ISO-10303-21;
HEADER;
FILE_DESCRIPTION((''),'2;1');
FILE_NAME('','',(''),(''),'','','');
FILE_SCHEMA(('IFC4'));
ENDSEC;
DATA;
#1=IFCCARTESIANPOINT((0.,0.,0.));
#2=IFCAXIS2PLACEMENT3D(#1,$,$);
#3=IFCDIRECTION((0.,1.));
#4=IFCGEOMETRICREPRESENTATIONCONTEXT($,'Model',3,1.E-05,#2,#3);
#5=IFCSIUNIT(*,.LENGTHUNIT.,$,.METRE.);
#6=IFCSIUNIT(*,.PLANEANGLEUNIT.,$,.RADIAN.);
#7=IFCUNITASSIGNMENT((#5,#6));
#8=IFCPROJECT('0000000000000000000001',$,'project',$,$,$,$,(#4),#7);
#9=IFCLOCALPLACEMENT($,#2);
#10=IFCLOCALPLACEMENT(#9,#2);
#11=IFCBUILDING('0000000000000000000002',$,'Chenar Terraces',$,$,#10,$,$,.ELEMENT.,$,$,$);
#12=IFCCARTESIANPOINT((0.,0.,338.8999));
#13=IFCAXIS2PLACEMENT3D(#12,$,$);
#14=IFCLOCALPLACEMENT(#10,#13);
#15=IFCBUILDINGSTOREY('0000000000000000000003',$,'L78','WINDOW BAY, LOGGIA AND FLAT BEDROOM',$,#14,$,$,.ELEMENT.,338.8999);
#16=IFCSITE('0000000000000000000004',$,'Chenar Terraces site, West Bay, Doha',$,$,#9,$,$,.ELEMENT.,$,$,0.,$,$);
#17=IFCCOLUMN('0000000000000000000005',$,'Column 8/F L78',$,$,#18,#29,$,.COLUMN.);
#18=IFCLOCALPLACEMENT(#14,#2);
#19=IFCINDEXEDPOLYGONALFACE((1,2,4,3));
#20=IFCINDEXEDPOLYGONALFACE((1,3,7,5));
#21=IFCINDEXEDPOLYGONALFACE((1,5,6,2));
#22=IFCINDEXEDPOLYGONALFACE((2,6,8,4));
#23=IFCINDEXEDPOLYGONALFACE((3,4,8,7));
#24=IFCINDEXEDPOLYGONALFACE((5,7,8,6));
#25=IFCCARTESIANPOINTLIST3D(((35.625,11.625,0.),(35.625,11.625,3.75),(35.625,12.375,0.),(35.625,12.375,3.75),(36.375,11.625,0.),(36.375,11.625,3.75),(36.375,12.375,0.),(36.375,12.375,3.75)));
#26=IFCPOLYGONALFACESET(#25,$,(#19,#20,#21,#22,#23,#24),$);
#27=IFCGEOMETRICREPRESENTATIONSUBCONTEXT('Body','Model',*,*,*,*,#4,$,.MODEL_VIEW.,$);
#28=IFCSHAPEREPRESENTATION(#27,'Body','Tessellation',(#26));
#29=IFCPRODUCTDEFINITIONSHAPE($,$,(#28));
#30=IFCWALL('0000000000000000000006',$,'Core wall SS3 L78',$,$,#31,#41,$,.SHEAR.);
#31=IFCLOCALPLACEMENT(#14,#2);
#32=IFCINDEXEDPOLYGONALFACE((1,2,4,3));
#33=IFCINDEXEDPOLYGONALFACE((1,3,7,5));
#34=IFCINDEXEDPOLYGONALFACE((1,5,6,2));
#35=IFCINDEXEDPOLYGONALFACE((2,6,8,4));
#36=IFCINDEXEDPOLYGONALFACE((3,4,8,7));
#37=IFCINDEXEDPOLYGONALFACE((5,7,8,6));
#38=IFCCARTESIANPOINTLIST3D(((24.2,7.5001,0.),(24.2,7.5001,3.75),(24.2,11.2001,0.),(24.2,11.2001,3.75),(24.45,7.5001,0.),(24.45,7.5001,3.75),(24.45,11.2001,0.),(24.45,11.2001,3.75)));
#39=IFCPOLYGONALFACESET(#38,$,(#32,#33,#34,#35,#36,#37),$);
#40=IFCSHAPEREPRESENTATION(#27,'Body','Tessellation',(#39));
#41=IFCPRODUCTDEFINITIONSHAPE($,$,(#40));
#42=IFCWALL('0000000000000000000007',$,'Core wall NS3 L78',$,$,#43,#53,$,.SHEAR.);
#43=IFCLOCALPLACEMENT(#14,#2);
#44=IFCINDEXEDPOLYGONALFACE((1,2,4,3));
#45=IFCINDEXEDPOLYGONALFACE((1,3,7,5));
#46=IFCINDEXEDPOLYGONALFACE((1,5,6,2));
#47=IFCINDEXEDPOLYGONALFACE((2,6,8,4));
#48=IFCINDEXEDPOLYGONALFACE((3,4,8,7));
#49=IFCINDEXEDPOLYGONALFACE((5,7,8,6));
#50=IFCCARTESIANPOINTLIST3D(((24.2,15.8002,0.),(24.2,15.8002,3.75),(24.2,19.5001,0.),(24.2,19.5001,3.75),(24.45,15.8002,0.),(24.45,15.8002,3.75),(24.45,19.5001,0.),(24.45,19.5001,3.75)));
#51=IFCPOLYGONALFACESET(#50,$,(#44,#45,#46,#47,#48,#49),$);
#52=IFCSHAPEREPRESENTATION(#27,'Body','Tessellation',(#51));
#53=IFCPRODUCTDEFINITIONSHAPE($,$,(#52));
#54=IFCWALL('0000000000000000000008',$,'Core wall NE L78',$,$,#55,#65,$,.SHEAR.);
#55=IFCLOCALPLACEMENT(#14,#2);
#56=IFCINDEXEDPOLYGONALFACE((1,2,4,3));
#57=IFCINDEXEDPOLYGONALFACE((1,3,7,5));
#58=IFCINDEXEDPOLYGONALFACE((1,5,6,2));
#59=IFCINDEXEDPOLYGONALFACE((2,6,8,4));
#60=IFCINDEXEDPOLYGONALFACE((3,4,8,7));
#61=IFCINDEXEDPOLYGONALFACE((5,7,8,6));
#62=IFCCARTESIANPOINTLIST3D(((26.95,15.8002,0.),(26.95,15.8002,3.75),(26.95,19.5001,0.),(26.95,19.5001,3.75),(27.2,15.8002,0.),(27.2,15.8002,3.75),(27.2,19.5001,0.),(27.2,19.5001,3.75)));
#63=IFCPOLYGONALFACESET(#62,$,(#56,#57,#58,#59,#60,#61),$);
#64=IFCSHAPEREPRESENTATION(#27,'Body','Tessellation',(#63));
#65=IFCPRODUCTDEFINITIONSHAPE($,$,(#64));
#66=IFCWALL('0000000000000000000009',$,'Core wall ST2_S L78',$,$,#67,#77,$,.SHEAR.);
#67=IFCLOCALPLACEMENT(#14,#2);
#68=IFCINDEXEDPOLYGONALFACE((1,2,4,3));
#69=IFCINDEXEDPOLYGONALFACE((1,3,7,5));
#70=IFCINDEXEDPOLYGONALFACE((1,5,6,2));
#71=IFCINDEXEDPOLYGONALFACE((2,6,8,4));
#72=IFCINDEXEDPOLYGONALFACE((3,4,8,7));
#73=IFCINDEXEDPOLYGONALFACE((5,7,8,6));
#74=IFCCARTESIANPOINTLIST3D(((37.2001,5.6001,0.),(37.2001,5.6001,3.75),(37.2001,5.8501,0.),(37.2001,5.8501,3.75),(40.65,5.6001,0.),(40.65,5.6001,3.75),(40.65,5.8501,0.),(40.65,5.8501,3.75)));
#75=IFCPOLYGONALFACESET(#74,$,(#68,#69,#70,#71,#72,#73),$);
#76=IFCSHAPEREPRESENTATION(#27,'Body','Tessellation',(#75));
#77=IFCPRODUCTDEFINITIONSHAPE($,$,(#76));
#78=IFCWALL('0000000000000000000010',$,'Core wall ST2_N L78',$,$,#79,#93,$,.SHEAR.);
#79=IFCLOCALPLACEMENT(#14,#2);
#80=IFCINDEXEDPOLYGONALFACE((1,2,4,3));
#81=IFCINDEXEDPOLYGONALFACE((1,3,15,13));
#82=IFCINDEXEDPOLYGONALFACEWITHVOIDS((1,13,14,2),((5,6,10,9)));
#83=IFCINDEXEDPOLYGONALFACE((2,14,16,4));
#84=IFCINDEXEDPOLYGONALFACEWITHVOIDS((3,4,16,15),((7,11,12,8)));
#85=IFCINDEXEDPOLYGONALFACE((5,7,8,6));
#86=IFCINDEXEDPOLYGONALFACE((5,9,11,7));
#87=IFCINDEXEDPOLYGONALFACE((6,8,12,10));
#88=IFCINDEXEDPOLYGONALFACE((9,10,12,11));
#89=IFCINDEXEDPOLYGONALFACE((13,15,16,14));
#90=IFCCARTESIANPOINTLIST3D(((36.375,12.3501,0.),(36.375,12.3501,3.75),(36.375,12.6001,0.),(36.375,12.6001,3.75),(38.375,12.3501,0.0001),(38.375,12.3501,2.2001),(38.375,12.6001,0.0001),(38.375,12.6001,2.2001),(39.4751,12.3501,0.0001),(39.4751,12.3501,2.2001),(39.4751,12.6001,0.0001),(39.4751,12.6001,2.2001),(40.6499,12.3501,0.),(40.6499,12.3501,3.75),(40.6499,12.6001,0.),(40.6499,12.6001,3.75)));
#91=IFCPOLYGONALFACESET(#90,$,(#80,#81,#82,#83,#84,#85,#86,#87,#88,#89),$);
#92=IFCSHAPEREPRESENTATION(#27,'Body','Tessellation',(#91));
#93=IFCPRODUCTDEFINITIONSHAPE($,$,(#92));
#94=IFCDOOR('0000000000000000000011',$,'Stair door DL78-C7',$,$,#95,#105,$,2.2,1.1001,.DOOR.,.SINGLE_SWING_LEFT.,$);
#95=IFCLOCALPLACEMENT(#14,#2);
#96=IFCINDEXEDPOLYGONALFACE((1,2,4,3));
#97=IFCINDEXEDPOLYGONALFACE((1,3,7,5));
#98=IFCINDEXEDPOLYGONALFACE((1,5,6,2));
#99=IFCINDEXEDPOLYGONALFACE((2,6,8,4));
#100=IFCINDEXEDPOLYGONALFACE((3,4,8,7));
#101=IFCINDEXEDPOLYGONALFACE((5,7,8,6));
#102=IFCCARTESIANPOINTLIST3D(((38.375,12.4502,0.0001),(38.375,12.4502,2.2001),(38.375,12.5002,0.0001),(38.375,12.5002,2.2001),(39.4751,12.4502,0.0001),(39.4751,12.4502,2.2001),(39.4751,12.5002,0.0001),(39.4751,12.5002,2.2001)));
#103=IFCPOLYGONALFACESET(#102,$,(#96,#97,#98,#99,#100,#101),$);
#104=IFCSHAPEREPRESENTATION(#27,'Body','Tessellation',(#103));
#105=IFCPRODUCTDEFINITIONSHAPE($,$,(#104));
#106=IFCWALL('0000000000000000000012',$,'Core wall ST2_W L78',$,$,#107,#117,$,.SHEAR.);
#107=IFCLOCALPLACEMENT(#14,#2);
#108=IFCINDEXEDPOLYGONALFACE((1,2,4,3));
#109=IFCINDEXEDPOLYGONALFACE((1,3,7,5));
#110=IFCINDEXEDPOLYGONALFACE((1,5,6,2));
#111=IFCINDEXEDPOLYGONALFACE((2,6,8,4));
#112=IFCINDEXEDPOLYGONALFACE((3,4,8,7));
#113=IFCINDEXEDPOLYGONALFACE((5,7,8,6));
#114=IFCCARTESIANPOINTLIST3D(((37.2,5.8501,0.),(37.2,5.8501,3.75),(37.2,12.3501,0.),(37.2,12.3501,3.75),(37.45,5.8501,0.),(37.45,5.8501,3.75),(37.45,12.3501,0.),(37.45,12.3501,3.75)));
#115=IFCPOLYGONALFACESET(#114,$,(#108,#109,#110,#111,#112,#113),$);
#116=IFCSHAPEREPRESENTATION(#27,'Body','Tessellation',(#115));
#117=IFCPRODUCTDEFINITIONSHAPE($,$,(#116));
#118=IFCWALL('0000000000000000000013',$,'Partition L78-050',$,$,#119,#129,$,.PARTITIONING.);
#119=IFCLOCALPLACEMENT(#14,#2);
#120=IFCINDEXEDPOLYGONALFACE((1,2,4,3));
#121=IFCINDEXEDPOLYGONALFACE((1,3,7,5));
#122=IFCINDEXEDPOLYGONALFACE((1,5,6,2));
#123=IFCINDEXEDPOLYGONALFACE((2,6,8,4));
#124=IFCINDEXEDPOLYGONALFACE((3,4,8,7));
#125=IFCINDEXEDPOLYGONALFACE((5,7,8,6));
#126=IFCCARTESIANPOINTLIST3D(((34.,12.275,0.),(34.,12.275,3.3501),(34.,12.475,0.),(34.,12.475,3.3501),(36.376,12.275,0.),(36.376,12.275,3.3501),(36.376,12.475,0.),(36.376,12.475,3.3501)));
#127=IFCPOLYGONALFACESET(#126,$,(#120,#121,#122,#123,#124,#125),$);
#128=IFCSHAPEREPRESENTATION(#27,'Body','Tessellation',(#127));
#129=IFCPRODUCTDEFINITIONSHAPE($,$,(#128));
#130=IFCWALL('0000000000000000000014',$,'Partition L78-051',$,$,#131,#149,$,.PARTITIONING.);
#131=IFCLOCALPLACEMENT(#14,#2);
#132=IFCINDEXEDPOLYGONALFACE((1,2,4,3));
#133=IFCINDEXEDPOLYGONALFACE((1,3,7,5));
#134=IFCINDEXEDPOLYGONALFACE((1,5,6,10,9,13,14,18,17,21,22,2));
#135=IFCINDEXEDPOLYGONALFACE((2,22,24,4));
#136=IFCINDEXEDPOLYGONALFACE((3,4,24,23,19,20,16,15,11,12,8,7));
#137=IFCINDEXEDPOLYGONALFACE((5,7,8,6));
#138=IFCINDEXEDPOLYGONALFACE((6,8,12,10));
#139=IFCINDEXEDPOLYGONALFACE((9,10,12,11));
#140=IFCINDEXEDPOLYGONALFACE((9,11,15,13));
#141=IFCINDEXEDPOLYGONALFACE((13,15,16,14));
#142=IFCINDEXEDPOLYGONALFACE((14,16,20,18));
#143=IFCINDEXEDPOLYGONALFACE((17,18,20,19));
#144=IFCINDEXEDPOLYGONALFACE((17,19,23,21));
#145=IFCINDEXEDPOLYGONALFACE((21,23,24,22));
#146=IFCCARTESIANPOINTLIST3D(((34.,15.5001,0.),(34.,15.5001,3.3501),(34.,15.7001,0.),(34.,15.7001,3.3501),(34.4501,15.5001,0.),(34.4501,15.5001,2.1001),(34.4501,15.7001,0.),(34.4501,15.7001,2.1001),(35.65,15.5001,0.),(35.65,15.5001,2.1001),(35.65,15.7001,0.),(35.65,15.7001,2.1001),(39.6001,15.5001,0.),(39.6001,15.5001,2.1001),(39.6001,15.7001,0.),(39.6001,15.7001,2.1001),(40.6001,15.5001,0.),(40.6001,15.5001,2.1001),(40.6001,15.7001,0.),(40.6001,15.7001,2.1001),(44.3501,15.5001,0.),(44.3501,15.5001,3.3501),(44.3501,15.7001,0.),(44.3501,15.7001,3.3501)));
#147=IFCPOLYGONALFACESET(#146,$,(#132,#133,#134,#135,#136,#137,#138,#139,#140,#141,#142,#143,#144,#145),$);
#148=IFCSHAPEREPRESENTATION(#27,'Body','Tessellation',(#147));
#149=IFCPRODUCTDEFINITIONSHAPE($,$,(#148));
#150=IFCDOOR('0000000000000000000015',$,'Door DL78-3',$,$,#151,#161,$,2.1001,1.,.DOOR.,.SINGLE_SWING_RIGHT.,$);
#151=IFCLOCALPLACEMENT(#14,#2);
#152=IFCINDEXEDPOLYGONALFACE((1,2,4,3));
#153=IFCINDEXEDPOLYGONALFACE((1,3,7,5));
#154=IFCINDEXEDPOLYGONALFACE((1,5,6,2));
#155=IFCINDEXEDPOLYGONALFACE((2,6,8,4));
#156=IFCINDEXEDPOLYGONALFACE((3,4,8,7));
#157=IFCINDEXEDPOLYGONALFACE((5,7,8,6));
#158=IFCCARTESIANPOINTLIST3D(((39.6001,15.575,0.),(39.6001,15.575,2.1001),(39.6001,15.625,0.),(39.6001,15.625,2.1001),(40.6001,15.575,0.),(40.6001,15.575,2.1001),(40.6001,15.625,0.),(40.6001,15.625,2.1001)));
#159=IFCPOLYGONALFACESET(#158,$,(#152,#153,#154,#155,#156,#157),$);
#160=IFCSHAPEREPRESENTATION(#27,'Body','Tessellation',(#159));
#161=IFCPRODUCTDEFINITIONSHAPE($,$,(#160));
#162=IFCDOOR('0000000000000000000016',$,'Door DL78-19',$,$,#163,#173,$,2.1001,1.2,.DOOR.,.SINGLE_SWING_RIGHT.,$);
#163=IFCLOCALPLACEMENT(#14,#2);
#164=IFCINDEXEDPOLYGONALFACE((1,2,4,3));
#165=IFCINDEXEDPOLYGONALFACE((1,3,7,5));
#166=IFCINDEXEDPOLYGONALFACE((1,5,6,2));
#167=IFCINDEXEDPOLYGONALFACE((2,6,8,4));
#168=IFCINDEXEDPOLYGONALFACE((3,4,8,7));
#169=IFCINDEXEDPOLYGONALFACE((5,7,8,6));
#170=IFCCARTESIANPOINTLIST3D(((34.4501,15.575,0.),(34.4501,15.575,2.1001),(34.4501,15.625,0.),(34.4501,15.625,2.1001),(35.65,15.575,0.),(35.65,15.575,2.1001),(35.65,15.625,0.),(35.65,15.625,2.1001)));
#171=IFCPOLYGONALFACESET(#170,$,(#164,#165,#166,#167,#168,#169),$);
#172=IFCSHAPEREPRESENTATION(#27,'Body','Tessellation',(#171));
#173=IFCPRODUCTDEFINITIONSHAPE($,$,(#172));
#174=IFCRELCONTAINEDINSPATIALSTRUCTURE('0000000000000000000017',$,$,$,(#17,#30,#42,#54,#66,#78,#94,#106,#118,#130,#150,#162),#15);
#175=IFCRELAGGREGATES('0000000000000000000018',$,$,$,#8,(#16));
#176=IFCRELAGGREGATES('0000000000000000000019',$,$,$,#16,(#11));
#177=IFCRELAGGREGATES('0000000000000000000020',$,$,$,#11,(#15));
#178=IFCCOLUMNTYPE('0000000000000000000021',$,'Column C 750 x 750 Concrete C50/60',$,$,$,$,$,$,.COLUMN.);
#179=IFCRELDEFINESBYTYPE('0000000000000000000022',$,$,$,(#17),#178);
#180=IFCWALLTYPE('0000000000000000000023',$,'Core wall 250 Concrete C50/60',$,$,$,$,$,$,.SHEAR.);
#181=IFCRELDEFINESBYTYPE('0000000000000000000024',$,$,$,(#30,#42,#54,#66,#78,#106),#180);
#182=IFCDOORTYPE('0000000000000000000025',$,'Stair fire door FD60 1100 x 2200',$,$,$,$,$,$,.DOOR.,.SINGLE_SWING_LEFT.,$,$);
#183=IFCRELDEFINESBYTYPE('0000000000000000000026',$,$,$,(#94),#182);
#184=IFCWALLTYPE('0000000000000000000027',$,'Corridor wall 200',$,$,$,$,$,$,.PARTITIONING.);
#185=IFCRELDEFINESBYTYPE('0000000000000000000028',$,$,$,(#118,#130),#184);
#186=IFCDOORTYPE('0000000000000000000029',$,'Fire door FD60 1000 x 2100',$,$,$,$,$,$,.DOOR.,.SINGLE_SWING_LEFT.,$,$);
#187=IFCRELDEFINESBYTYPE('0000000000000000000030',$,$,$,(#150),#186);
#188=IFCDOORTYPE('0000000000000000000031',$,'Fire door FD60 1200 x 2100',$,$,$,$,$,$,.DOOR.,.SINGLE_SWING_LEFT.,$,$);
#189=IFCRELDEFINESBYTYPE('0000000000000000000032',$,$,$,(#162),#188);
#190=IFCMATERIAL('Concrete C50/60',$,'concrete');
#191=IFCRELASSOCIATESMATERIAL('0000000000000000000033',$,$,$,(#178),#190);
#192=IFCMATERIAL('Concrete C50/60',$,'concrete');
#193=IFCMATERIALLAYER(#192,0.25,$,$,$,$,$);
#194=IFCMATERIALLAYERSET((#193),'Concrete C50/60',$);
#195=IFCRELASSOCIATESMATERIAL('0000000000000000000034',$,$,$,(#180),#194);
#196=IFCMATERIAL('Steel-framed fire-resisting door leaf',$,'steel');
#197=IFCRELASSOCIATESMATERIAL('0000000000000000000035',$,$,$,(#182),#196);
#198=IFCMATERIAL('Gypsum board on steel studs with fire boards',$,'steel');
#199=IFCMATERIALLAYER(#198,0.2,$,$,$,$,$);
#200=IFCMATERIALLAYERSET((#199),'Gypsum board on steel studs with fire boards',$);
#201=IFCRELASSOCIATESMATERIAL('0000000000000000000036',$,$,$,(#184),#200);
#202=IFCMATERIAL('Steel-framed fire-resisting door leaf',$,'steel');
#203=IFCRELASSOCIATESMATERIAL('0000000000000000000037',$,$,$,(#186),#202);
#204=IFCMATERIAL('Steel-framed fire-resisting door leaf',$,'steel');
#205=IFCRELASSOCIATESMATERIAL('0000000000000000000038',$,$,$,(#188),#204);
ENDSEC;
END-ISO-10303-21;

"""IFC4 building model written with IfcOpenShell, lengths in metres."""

from ifc_helpers import new_model, si_unit, direction, frame, frame_2d, origin, origin_2d, place, context, subcontext, project, spatial, rectangle, extrude, material, layer, layer_set, material_profile, profile_set, type_object, element, fill, save


model = new_model("IFC4")

# Units and contexts
model_context = context("Model", 3, precision=1e-05, world=origin(), true_north=direction((0.0, 1.0)))
body_context = subcontext(model_context, "Body", "Model", "MODEL_VIEW")
ifc_project = project(units=[si_unit("LENGTHUNIT", "METRE"), si_unit("PLANEANGLEUNIT", "RADIAN")], contexts=[model_context])

# Site, building, storey
site_placement = place(None, origin())
site = spatial("IfcSite", under=ifc_project, at=site_placement, Name="Chenar Terraces site, West Bay, Doha", CompositionType="ELEMENT", RefElevation=0.0)
building_placement = place(site_placement, origin())
building = spatial("IfcBuilding", under=site, at=building_placement, Name="Chenar Terraces", CompositionType="ELEMENT")
storey_placement = place(building_placement, frame((0.0, 0.0, 338.8999)))
storey = spatial("IfcBuildingStorey", under=building, at=storey_placement, Name="L78", Description="WINDOW BAY, LOGGIA AND FLAT BEDROOM", CompositionType="ELEMENT", Elevation=338.8999)

# Column
ifc_material_1 = material(Name="Concrete C50/60", Category="concrete")
ifc_material_profile = material_profile(ifc_material_1, rectangle(XDim=0.75, YDim=0.75, at=origin_2d()), Name="C 750 x 750")
ifc_profile_set = profile_set([ifc_material_profile], Name="Concrete C50/60")
column_type = type_object("IfcColumnType", Name="Column C 750 x 750 Concrete C50/60", PredefinedType="COLUMN", material=ifc_profile_set)
column_placement = place(storey_placement, frame((36.0, 12.0, 0.0), z_axis=(0.0, 0.0, 1.0), x_axis=(1.0, 0.0, 0.0)))
element("IfcColumn", 1, at=column_placement, inside=storey, type_object=column_type, Name="Column 8/F L78", PredefinedType="COLUMN", context=body_context, shape_type="SweptSolid", body=[
    extrude(rectangle(XDim=0.75, YDim=0.75, at=origin_2d()), origin(), (0.0, 0.0, 1.0), 3.75),
])

# Walls
ifc_material_2 = material(Name="Concrete C50/60", Category="concrete")
ifc_layer_1 = layer(ifc_material_2, 0.25)
ifc_layer_set_1 = layer_set([ifc_layer_1], Name="Concrete C50/60")
wall_type_1 = type_object("IfcWallType", Name="Core wall 250 Concrete C50/60", PredefinedType="SHEAR", material=ifc_layer_set_1)
for number, where, z_axis, x_axis, name in (
    (2, (24.325, 7.5, 0.0), (0.0, 0.0, 1.0), (0.0, 1.0, 0.0), "Core wall SS3 L78"),
    (3, (24.325, 15.8, 0.0), (0.0, 0.0, 1.0), (0.0, 1.0, 0.0), "Core wall NS3 L78"),
    (4, (27.075, 15.8, 0.0), (0.0, 0.0, 1.0), (0.0, 1.0, 0.0), "Core wall NE L78"),
):
    element("IfcWall", number, at=place(storey_placement, frame(where, z_axis=z_axis, x_axis=x_axis)), inside=storey, type_object=wall_type_1, Name=name, PredefinedType="SHEAR", context=body_context, shape_type="SweptSolid", body=[
        extrude(rectangle(XDim=3.7, YDim=0.25, at=frame_2d((1.8501, 0.0))), origin(), (0.0, 0.0, 1.0), 3.75),
    ])
wall_1_placement = place(storey_placement, frame((37.2, 5.7251, 0.0), z_axis=(0.0, 0.0, 1.0), x_axis=(1.0, 0.0, 0.0)))
element("IfcWall", 5, at=wall_1_placement, inside=storey, type_object=wall_type_1, Name="Core wall ST2_S L78", PredefinedType="SHEAR", context=body_context, shape_type="SweptSolid", body=[
    extrude(rectangle(XDim=3.45, YDim=0.25, at=frame_2d((1.7251, 0.0))), origin(), (0.0, 0.0, 1.0), 3.75),
])

# Wall, opening, door
wall_2_placement = place(storey_placement, frame((36.375, 12.4751, 0.0), z_axis=(0.0, 0.0, 1.0), x_axis=(1.0, 0.0, 0.0)))
wall_2 = element("IfcWall", 6, at=wall_2_placement, inside=storey, type_object=wall_type_1, Name="Core wall ST2_N L78", PredefinedType="SHEAR", context=body_context, shape_type="SweptSolid", body=[
    extrude(rectangle(XDim=4.2749, YDim=0.25, at=frame_2d((2.1375, 0.0))), origin(), (0.0, 0.0, 1.0), 3.75),
])
opening_1_placement = place(wall_2_placement, frame((2.0, 0.0, 0.0)))
opening_1 = element("IfcOpeningElement", 7, at=opening_1_placement, cuts=wall_2, PredefinedType="OPENING", context=body_context, shape_type="SweptSolid", body=[
    extrude(rectangle(XDim=1.1001, YDim=2.2, at=frame_2d((0.55, 1.1001))), frame((0.0, 0.135, 0.0), z_axis=(0.0, -1.0, 0.0), x_axis=(1.0, 0.0, 0.0)), (0.0, 0.0, 1.0), 0.27),
])
ifc_material_3 = material(Name="Steel-framed fire-resisting door leaf", Category="steel")
door_type_1 = type_object("IfcDoorType", Name="Stair fire door FD60 1100 x 2200", OperationType="SINGLE_SWING_LEFT", PredefinedType="DOOR", material=ifc_material_3)
door_1_placement = place(opening_1_placement, frame((1.1001, 0.0, 0.0), z_axis=(0.0, 0.0, 1.0), x_axis=(-1.0, 0.0, 0.0)))
door_1 = element("IfcDoor", 8, at=door_1_placement, inside=storey, type_object=door_type_1, Name="Stair door DL78-C7", OperationType="SINGLE_SWING_LEFT", OverallHeight=2.2, OverallWidth=1.1001, PredefinedType="DOOR", context=body_context, shape_type="SweptSolid", body=[
    extrude(rectangle(XDim=1.1001, YDim=2.2, at=frame_2d((0.55, 1.1001))), frame((0.0, 0.0249, 0.0), z_axis=(0.0, -1.0, 0.0), x_axis=(1.0, 0.0, 0.0)), (0.0, 0.0, 1.0), 0.05),
])
fill(opening_1, door_1)

# Wall
wall_3_placement = place(storey_placement, frame((37.325, 5.8501, 0.0), z_axis=(0.0, 0.0, 1.0), x_axis=(0.0, 1.0, 0.0)))
element("IfcWall", 9, at=wall_3_placement, inside=storey, type_object=wall_type_1, Name="Core wall ST2_W L78", PredefinedType="SHEAR", context=body_context, shape_type="SweptSolid", body=[
    extrude(rectangle(XDim=6.5, YDim=0.25, at=frame_2d((3.25, 0.0))), origin(), (0.0, 0.0, 1.0), 3.75),
])

# Wall
ifc_material_4 = material(Name="Gypsum board on steel studs with fire boards", Category="steel")
ifc_layer_2 = layer(ifc_material_4, 0.2)
ifc_layer_set_2 = layer_set([ifc_layer_2], Name="Gypsum board on steel studs with fire boards")
wall_type_2 = type_object("IfcWallType", Name="Corridor wall 200", PredefinedType="PARTITIONING", material=ifc_layer_set_2)
wall_4_placement = place(storey_placement, frame((34.0, 12.375, 0.0), z_axis=(0.0, 0.0, 1.0), x_axis=(1.0, 0.0, 0.0)))
element("IfcWall", 10, at=wall_4_placement, inside=storey, type_object=wall_type_2, Name="Partition L78-050", PredefinedType="PARTITIONING", context=body_context, shape_type="SweptSolid", body=[
    extrude(rectangle(XDim=2.376, YDim=0.2, at=frame_2d((1.188, 0.0))), origin(), (0.0, 0.0, 1.0), 3.3501),
])

# Wall, openings, doors
wall_5_placement = place(storey_placement, frame((34.0, 15.6001, 0.0), z_axis=(0.0, 0.0, 1.0), x_axis=(1.0, 0.0, 0.0)))
wall_5 = element("IfcWall", 11, at=wall_5_placement, inside=storey, type_object=wall_type_2, Name="Partition L78-051", PredefinedType="PARTITIONING", context=body_context, shape_type="SweptSolid", body=[
    extrude(rectangle(XDim=10.3501, YDim=0.2, at=frame_2d((5.175, 0.0))), origin(), (0.0, 0.0, 1.0), 3.3501),
])
opening_2_placement = place(wall_5_placement, frame((5.6001, 0.0, 0.0)))
opening_2 = element("IfcOpeningElement", 12, at=opening_2_placement, cuts=wall_5, PredefinedType="OPENING", context=body_context, shape_type="SweptSolid", body=[
    extrude(rectangle(XDim=1.0, YDim=2.1001, at=frame_2d((0.5, 1.05))), frame((0.0, 0.1099, 0.0), z_axis=(0.0, -1.0, 0.0), x_axis=(1.0, 0.0, 0.0)), (0.0, 0.0, 1.0), 0.22),
])
opening_3_placement = place(wall_5_placement, frame((0.45, 0.0, 0.0)))
opening_3 = element("IfcOpeningElement", 13, at=opening_3_placement, cuts=wall_5, PredefinedType="OPENING", context=body_context, shape_type="SweptSolid", body=[
    extrude(rectangle(XDim=1.2, YDim=2.1001, at=frame_2d((0.6001, 1.05))), frame((0.0, 0.1099, 0.0), z_axis=(0.0, -1.0, 0.0), x_axis=(1.0, 0.0, 0.0)), (0.0, 0.0, 1.0), 0.22),
])
ifc_material_5 = material(Name="Steel-framed fire-resisting door leaf", Category="steel")
door_type_2 = type_object("IfcDoorType", Name="Fire door FD60 1000 x 2100", OperationType="SINGLE_SWING_LEFT", PredefinedType="DOOR", material=ifc_material_5)
door_2_placement = place(opening_2_placement, origin())
door_2 = element("IfcDoor", 14, at=door_2_placement, inside=storey, type_object=door_type_2, Name="Door DL78-3", OperationType="SINGLE_SWING_RIGHT", OverallHeight=2.1001, OverallWidth=1.0, PredefinedType="DOOR", context=body_context, shape_type="SweptSolid", body=[
    extrude(rectangle(XDim=1.0, YDim=2.1001, at=frame_2d((0.5, 1.05))), frame((0.0, 0.0249, 0.0), z_axis=(0.0, -1.0, 0.0), x_axis=(1.0, 0.0, 0.0)), (0.0, 0.0, 1.0), 0.05),
])
fill(opening_2, door_2)
ifc_material_6 = material(Name="Steel-framed fire-resisting door leaf", Category="steel")
door_type_3 = type_object("IfcDoorType", Name="Fire door FD60 1200 x 2100", OperationType="SINGLE_SWING_LEFT", PredefinedType="DOOR", material=ifc_material_6)
door_3_placement = place(opening_3_placement, origin())
door_3 = element("IfcDoor", 15, at=door_3_placement, inside=storey, type_object=door_type_3, Name="Door DL78-19", OperationType="SINGLE_SWING_RIGHT", OverallHeight=2.1001, OverallWidth=1.2, PredefinedType="DOOR", context=body_context, shape_type="SweptSolid", body=[
    extrude(rectangle(XDim=1.2, YDim=2.1001, at=frame_2d((0.6001, 1.05))), frame((0.0, 0.0249, 0.0), z_axis=(0.0, -1.0, 0.0), x_axis=(1.0, 0.0, 0.0)), (0.0, 0.0, 1.0), 0.05),
])
fill(opening_3, door_3)

save(model, "model.ifc")
